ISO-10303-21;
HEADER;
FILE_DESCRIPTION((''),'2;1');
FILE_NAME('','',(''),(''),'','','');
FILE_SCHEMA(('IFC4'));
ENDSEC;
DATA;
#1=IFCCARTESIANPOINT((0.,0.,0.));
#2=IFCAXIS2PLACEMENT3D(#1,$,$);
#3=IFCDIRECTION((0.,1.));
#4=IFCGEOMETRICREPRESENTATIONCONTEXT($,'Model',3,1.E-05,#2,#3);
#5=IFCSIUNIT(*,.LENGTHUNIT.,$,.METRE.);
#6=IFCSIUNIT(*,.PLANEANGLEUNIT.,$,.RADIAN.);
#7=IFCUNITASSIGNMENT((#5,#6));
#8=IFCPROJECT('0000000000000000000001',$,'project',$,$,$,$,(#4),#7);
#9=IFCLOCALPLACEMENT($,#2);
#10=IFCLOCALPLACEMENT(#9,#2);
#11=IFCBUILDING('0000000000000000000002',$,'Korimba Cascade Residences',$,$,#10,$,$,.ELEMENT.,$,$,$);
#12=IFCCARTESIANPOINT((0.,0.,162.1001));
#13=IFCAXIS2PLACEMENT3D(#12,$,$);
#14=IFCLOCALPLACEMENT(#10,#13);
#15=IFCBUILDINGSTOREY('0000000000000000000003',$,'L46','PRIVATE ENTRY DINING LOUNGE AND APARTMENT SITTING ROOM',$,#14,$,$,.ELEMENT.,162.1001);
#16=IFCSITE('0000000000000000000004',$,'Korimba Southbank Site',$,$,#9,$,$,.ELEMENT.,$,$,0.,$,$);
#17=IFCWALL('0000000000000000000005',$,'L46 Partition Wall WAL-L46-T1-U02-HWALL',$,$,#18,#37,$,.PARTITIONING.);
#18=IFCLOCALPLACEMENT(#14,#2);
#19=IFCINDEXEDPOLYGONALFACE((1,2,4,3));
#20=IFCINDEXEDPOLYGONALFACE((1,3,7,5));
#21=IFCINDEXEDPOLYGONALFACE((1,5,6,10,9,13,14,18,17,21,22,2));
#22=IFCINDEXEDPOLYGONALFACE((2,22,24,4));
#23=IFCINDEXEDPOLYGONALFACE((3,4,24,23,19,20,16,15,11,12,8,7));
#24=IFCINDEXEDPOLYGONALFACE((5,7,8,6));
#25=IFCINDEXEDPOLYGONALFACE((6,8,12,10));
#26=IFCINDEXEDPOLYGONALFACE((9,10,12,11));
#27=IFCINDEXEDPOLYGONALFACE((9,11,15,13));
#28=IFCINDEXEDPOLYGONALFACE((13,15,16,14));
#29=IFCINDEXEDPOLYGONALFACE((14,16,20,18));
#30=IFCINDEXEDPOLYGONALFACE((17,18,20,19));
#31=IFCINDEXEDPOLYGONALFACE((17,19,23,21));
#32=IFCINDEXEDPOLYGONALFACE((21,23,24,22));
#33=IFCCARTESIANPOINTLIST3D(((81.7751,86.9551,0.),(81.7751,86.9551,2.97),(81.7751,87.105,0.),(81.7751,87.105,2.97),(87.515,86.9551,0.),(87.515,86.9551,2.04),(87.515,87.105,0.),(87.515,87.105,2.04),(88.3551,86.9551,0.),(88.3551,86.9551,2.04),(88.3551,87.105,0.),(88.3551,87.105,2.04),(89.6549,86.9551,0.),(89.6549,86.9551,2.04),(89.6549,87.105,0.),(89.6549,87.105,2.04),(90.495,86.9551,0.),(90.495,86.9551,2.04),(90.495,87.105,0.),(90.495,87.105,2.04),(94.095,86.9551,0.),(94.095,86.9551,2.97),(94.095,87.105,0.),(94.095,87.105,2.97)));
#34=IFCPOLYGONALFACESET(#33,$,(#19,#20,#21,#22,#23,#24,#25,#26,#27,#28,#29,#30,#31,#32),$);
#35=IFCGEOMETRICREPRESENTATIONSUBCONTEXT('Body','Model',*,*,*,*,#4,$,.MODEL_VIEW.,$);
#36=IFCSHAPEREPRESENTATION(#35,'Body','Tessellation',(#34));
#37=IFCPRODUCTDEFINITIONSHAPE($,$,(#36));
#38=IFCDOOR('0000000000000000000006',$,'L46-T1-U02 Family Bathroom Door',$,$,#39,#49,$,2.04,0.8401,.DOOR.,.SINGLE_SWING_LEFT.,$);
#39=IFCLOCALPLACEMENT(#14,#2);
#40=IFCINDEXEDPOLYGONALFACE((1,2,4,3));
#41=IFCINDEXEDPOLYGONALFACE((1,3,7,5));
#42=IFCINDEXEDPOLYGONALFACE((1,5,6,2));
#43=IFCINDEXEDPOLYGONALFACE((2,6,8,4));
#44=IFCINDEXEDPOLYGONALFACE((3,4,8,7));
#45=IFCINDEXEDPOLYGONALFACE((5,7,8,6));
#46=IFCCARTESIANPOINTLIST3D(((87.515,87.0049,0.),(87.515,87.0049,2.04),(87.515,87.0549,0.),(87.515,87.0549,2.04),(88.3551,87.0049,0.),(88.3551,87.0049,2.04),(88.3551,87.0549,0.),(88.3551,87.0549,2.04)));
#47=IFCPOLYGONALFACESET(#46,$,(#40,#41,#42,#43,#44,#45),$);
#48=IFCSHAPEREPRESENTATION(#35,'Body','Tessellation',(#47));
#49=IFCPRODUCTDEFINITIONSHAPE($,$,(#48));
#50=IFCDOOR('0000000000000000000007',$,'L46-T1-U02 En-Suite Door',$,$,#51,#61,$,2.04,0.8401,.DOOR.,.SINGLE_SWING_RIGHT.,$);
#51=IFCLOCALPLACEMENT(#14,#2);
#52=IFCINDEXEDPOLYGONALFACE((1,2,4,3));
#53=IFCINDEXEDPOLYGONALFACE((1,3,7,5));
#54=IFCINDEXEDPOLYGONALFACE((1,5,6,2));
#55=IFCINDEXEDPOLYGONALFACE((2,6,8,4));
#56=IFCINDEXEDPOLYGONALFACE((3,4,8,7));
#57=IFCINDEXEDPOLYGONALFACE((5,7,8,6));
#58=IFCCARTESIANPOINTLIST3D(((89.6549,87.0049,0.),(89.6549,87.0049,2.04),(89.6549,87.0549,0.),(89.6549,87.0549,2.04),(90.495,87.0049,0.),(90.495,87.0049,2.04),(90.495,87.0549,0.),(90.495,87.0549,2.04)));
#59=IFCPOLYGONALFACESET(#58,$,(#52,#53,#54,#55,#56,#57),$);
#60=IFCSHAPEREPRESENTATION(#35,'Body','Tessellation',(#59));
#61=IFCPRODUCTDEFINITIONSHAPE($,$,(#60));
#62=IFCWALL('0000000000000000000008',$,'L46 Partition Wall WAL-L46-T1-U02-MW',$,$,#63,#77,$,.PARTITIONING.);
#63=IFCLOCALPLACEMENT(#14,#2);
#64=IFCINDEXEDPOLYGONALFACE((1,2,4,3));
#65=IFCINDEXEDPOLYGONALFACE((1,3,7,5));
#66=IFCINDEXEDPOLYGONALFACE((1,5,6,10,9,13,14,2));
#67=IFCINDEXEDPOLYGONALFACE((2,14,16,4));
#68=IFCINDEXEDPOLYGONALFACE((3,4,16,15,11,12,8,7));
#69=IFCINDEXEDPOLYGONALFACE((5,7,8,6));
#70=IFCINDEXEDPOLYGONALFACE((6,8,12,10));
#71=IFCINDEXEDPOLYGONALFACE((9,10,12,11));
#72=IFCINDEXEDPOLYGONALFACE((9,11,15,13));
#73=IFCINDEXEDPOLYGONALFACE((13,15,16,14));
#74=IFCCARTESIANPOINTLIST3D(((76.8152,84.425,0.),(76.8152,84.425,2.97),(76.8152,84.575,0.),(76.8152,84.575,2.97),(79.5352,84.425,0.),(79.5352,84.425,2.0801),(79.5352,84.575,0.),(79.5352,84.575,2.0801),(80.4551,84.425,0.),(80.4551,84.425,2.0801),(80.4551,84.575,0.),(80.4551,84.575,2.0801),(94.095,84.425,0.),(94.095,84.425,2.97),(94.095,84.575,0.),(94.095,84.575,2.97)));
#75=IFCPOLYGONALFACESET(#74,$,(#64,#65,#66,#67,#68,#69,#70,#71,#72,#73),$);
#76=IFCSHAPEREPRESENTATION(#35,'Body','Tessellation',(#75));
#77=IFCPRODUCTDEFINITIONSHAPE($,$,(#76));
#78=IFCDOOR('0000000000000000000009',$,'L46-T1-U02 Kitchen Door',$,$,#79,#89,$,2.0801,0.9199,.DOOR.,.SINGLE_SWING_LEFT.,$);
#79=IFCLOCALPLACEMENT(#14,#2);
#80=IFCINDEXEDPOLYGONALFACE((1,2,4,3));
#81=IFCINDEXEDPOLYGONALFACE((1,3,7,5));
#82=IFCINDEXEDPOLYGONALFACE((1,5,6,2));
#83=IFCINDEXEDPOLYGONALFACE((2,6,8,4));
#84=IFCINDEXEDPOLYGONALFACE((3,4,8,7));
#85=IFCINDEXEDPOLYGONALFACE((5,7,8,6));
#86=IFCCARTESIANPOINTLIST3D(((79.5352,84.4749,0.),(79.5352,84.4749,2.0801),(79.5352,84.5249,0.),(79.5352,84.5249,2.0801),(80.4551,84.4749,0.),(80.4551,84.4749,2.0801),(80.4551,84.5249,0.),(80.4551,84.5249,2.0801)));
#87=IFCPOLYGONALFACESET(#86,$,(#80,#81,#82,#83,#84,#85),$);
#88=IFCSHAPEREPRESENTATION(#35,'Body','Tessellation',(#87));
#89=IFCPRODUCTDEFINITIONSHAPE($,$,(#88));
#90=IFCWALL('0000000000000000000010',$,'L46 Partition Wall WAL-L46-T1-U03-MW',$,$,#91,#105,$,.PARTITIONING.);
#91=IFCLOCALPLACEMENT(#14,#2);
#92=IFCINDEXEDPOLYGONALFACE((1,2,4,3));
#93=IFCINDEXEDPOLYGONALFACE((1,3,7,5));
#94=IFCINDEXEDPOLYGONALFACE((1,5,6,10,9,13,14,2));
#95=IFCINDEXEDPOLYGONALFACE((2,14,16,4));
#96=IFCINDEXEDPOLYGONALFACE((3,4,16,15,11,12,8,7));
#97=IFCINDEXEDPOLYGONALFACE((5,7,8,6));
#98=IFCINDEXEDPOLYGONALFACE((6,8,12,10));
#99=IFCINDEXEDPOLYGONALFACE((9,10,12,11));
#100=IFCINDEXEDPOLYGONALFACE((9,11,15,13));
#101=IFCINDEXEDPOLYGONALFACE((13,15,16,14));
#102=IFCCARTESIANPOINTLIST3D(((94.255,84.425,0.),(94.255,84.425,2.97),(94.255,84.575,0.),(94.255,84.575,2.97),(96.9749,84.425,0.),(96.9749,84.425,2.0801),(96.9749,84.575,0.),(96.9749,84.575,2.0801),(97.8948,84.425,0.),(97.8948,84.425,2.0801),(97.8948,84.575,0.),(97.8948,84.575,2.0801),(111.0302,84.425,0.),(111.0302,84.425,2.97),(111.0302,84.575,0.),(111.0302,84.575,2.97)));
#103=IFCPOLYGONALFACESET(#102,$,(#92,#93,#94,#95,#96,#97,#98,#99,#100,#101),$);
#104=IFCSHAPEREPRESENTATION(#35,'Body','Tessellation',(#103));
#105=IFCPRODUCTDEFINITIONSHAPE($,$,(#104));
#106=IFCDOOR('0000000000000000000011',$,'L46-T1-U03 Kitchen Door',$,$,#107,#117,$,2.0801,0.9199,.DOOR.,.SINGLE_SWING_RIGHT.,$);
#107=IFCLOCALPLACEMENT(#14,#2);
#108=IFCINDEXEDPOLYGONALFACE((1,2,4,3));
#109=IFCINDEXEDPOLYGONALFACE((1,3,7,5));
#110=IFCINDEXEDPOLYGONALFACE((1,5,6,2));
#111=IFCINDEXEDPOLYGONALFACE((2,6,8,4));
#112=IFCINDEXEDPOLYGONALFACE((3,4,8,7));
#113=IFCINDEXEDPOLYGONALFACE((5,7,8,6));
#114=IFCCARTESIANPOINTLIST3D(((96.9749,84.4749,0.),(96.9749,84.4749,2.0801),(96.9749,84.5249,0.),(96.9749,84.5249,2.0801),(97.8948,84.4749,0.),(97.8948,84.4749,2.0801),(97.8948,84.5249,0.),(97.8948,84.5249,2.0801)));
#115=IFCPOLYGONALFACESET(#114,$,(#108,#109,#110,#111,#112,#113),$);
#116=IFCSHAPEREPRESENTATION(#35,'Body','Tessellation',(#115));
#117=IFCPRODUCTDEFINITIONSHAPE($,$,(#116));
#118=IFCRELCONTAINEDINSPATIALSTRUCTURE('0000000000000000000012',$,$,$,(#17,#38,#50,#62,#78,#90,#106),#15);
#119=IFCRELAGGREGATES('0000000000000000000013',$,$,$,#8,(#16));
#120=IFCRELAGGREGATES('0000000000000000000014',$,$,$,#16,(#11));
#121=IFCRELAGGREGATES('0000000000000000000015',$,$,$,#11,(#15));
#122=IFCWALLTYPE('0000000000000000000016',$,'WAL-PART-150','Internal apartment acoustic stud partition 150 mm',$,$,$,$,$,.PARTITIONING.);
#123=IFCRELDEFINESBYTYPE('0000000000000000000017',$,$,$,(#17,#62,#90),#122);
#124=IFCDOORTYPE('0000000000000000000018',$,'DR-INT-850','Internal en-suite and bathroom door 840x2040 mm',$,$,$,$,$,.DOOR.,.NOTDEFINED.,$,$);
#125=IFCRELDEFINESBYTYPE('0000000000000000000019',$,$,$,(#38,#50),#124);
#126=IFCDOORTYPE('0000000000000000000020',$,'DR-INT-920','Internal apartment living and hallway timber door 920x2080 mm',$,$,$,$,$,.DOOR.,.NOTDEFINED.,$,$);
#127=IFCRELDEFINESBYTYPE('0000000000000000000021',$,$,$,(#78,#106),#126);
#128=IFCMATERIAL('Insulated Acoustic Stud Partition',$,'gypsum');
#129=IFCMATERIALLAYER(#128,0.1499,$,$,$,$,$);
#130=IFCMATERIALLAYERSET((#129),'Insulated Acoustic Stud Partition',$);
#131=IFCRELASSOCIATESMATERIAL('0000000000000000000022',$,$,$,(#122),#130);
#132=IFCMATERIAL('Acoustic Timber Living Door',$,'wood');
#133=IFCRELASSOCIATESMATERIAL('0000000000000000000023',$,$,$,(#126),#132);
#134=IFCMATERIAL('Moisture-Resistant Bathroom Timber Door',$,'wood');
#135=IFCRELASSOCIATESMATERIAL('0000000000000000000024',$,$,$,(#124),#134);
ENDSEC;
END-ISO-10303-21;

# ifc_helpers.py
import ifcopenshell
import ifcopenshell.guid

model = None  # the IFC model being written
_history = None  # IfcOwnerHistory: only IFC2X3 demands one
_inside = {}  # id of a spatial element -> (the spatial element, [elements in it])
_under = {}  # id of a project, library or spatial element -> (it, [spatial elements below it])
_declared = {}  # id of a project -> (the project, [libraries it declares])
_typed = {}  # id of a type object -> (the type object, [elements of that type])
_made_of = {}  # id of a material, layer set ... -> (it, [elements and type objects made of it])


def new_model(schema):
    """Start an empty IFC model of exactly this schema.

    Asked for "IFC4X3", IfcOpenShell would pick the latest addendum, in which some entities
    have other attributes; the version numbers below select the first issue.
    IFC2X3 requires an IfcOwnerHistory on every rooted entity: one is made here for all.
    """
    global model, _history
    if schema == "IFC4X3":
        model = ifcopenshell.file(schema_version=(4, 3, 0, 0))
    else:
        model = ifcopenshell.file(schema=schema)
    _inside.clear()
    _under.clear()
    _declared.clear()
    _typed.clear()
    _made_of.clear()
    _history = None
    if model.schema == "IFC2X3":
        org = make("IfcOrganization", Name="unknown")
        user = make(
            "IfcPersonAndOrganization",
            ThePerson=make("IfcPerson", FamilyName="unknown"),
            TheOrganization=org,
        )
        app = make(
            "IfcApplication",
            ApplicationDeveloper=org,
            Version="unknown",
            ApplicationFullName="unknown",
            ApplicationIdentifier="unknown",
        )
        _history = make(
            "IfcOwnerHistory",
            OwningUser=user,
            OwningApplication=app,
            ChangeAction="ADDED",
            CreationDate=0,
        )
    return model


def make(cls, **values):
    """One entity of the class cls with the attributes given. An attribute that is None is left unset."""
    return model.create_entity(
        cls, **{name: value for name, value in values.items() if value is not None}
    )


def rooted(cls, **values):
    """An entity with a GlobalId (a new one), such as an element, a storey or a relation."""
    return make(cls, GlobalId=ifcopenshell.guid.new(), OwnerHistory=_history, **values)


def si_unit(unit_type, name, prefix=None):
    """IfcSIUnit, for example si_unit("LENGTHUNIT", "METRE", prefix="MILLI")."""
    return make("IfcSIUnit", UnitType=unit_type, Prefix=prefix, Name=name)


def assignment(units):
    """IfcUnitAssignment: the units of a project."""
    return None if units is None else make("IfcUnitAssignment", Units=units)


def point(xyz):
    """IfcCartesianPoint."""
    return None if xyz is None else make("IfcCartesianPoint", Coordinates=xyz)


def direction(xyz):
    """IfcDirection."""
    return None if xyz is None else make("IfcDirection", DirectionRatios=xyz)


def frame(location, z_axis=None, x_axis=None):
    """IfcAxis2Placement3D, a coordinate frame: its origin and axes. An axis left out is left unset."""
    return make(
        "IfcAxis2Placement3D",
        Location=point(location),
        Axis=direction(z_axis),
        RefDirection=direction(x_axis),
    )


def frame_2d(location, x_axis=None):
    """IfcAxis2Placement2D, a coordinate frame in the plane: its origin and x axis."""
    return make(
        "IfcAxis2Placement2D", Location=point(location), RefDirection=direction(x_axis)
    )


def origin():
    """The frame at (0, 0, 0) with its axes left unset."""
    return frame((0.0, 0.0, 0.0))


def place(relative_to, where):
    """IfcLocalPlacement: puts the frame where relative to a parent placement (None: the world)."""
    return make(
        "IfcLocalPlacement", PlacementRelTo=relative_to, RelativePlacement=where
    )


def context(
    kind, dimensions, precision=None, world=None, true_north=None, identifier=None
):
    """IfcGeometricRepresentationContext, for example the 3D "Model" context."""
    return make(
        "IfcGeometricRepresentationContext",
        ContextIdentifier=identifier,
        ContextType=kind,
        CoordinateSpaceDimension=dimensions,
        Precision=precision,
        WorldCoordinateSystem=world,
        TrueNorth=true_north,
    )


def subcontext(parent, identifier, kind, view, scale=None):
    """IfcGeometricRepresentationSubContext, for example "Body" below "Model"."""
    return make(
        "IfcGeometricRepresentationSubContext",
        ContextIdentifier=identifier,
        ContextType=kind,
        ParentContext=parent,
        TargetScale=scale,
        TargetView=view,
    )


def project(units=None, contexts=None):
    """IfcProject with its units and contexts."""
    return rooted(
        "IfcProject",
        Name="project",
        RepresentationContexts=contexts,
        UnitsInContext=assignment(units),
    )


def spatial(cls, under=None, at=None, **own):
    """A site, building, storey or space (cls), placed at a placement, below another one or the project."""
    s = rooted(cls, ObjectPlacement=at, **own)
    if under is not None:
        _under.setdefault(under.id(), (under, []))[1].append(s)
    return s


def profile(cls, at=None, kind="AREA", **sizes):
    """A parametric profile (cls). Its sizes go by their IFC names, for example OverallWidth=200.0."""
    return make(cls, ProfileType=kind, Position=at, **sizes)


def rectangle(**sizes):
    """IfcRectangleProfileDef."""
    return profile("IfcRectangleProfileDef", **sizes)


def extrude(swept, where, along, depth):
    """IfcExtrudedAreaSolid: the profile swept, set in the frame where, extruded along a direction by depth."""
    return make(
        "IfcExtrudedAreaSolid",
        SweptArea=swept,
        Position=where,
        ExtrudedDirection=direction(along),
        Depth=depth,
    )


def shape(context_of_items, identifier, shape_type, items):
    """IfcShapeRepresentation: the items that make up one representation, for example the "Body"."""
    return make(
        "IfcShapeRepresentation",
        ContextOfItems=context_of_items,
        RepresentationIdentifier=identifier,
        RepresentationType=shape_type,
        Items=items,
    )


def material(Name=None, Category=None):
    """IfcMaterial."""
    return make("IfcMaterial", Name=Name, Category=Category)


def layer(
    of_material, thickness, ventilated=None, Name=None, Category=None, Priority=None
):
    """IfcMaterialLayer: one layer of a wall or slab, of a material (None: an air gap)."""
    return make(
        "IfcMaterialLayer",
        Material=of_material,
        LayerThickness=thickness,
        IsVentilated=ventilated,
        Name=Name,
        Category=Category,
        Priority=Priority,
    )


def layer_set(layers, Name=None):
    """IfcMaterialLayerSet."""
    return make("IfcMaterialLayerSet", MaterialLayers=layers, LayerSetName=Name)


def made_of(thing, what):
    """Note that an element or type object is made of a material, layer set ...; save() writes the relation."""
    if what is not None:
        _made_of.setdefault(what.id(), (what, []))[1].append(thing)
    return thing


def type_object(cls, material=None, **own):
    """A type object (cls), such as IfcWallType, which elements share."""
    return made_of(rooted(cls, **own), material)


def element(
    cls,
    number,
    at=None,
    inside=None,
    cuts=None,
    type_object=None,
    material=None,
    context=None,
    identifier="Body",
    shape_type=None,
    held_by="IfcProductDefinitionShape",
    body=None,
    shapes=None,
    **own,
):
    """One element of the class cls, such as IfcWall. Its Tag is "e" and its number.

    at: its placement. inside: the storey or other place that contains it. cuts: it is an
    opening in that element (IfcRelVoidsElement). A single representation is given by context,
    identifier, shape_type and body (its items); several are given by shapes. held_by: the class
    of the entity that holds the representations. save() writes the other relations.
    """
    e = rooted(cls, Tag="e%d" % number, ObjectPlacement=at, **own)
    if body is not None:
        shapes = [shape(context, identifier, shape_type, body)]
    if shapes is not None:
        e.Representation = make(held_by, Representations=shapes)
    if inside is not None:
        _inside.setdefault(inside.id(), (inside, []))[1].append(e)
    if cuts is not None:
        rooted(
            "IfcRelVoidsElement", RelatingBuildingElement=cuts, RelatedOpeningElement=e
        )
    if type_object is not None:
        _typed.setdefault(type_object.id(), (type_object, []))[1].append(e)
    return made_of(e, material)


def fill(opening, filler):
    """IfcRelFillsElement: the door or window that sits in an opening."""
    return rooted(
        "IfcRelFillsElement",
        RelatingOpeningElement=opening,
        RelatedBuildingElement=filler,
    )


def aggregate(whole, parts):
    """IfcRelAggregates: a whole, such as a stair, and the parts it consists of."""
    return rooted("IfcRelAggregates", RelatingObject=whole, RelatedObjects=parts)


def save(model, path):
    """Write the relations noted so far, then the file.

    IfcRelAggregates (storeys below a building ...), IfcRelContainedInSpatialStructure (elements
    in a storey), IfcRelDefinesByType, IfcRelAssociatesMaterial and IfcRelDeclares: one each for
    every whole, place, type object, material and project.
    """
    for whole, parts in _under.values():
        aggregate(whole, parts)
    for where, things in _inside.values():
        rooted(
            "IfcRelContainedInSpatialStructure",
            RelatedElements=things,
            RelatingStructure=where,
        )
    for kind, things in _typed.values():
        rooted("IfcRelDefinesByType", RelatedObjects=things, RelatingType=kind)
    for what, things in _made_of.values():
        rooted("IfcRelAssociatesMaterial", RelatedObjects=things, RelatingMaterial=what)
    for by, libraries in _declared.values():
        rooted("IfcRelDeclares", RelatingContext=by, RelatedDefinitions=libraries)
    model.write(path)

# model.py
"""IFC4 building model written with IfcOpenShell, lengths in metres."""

from ifc_helpers import new_model, si_unit, direction, frame, frame_2d, origin, place, context, subcontext, project, spatial, rectangle, extrude, material, layer, layer_set, type_object, element, fill, save


model = new_model("IFC4")

# Units and contexts
model_context = context("Model", 3, precision=1e-05, world=origin(), true_north=direction((0.0, 1.0)))
body_context = subcontext(model_context, "Body", "Model", "MODEL_VIEW")
ifc_project = project(units=[si_unit("LENGTHUNIT", "METRE"), si_unit("PLANEANGLEUNIT", "RADIAN")], contexts=[model_context])

# Site, building, storey
site_placement = place(None, origin())
site = spatial("IfcSite", under=ifc_project, at=site_placement, Name="Korimba Southbank Site", CompositionType="ELEMENT", RefElevation=0.0)
building_placement = place(site_placement, origin())
building = spatial("IfcBuilding", under=site, at=building_placement, Name="Korimba Cascade Residences", CompositionType="ELEMENT")
storey_placement = place(building_placement, frame((0.0, 0.0, 162.1001)))
storey = spatial("IfcBuildingStorey", under=building, at=storey_placement, Name="L46", Description="PRIVATE ENTRY DINING LOUNGE AND APARTMENT SITTING ROOM", CompositionType="ELEMENT", Elevation=162.1001)

# Shared definitions
ifc_material_1 = material(Name="Insulated Acoustic Stud Partition", Category="gypsum")
ifc_layer = layer(ifc_material_1, 0.1499)
ifc_layer_set = layer_set([ifc_layer], Name="Insulated Acoustic Stud Partition")
wall_type = type_object("IfcWallType", Name="WAL-PART-150", Description="Internal apartment acoustic stud partition 150 mm", PredefinedType="PARTITIONING", material=ifc_layer_set)
ifc_material_2 = material(Name="Acoustic Timber Living Door", Category="wood")
door_type_1 = type_object("IfcDoorType", Name="DR-INT-920", Description="Internal apartment living and hallway timber door 920x2080 mm", OperationType="NOTDEFINED", PredefinedType="DOOR", material=ifc_material_2)

# Wall, openings, doors
wall_1_placement = place(storey_placement, frame((81.7751, 87.03, 0.0), z_axis=(0.0, 0.0, 1.0), x_axis=(1.0, 0.0, 0.0)))
wall_1 = element("IfcWall", 1, at=wall_1_placement, inside=storey, type_object=wall_type, Name="L46 Partition Wall WAL-L46-T1-U02-HWALL", PredefinedType="PARTITIONING", context=body_context, shape_type="SweptSolid", body=[
    extrude(rectangle(XDim=12.3198, YDim=0.1499, at=frame_2d((6.1599, 0.0))), origin(), (0.0, 0.0, 1.0), 2.97),
])
opening_1_placement = place(wall_1_placement, frame((5.74, 0.0, 0.0)))
opening_1 = element("IfcOpeningElement", 2, at=opening_1_placement, cuts=wall_1, PredefinedType="OPENING", context=body_context, shape_type="SweptSolid", body=[
    extrude(rectangle(XDim=0.8401, YDim=2.04, at=frame_2d((0.4199, 1.02))), frame((0.0, 0.085, 0.0), z_axis=(0.0, -1.0, 0.0), x_axis=(1.0, 0.0, 0.0)), (0.0, 0.0, 1.0), 0.1699),
])
opening_2_placement = place(wall_1_placement, frame((7.8799, 0.0, 0.0)))
opening_2 = element("IfcOpeningElement", 3, at=opening_2_placement, cuts=wall_1, PredefinedType="OPENING", context=body_context, shape_type="SweptSolid", body=[
    extrude(rectangle(XDim=0.8401, YDim=2.04, at=frame_2d((0.4199, 1.02))), frame((0.0, 0.085, 0.0), z_axis=(0.0, -1.0, 0.0), x_axis=(1.0, 0.0, 0.0)), (0.0, 0.0, 1.0), 0.1699),
])
ifc_material_3 = material(Name="Moisture-Resistant Bathroom Timber Door", Category="wood")
door_type_2 = type_object("IfcDoorType", Name="DR-INT-850", Description="Internal en-suite and bathroom door 840x2040 mm", OperationType="NOTDEFINED", PredefinedType="DOOR", material=ifc_material_3)
door_1_placement = place(opening_1_placement, origin())
door_1 = element("IfcDoor", 4, at=door_1_placement, inside=storey, type_object=door_type_2, Name="L46-T1-U02 Family Bathroom Door", OperationType="SINGLE_SWING_LEFT", OverallHeight=2.04, OverallWidth=0.8401, PredefinedType="DOOR", context=body_context, shape_type="SweptSolid", body=[
    extrude(rectangle(XDim=0.8401, YDim=2.04, at=frame_2d((0.4199, 1.02))), frame((0.0, 0.0249, 0.0), z_axis=(0.0, -1.0, 0.0), x_axis=(1.0, 0.0, 0.0)), (0.0, 0.0, 1.0), 0.05),
])
fill(opening_1, door_1)
door_2_placement = place(opening_2_placement, origin())
door_2 = element("IfcDoor", 5, at=door_2_placement, inside=storey, type_object=door_type_2, Name="L46-T1-U02 En-Suite Door", OperationType="SINGLE_SWING_RIGHT", OverallHeight=2.04, OverallWidth=0.8401, PredefinedType="DOOR", context=body_context, shape_type="SweptSolid", body=[
    extrude(rectangle(XDim=0.8401, YDim=2.04, at=frame_2d((0.4199, 1.02))), frame((0.0, 0.0249, 0.0), z_axis=(0.0, -1.0, 0.0), x_axis=(1.0, 0.0, 0.0)), (0.0, 0.0, 1.0), 0.05),
])
fill(opening_2, door_2)

# Walls, openings, doors
wall_2_placement = place(storey_placement, frame((76.8152, 84.5, 0.0), z_axis=(0.0, 0.0, 1.0), x_axis=(1.0, 0.0, 0.0)))
wall_2 = element("IfcWall", 6, at=wall_2_placement, inside=storey, type_object=wall_type, Name="L46 Partition Wall WAL-L46-T1-U02-MW", PredefinedType="PARTITIONING", context=body_context, shape_type="SweptSolid", body=[
    extrude(rectangle(XDim=17.2798, YDim=0.1499, at=frame_2d((8.6399, 0.0))), origin(), (0.0, 0.0, 1.0), 2.97),
])
opening_3_placement = place(wall_2_placement, frame((2.72, 0.0, 0.0)))
opening_3 = element("IfcOpeningElement", 7, at=opening_3_placement, cuts=wall_2, PredefinedType="OPENING", context=body_context, shape_type="SweptSolid", body=[
    extrude(rectangle(XDim=0.9199, YDim=2.0801, at=frame_2d((0.46, 1.04))), frame((0.0, 0.085, 0.0), z_axis=(0.0, -1.0, 0.0), x_axis=(1.0, 0.0, 0.0)), (0.0, 0.0, 1.0), 0.1699),
])
door_3_placement = place(opening_3_placement, origin())
door_3 = element("IfcDoor", 8, at=door_3_placement, inside=storey, type_object=door_type_1, Name="L46-T1-U02 Kitchen Door", OperationType="SINGLE_SWING_LEFT", OverallHeight=2.0801, OverallWidth=0.9199, PredefinedType="DOOR", context=body_context, shape_type="SweptSolid", body=[
    extrude(rectangle(XDim=0.9199, YDim=2.0801, at=frame_2d((0.46, 1.04))), frame((0.0, 0.0249, 0.0), z_axis=(0.0, -1.0, 0.0), x_axis=(1.0, 0.0, 0.0)), (0.0, 0.0, 1.0), 0.05),
])
fill(opening_3, door_3)
wall_3_placement = place(storey_placement, frame((94.2549, 84.5, 0.0), z_axis=(0.0, 0.0, 1.0), x_axis=(1.0, 0.0, 0.0)))
wall_3 = element("IfcWall", 9, at=wall_3_placement, inside=storey, type_object=wall_type, Name="L46 Partition Wall WAL-L46-T1-U03-MW", PredefinedType="PARTITIONING", context=body_context, shape_type="SweptSolid", body=[
    extrude(rectangle(XDim=16.7751, YDim=0.1499, at=frame_2d((8.3877, 0.0))), origin(), (0.0, 0.0, 1.0), 2.97),
])
opening_4_placement = place(wall_3_placement, frame((2.72, 0.0, 0.0)))
opening_4 = element("IfcOpeningElement", 10, at=opening_4_placement, cuts=wall_3, PredefinedType="OPENING", context=body_context, shape_type="SweptSolid", body=[
    extrude(rectangle(XDim=0.9199, YDim=2.0801, at=frame_2d((0.46, 1.04))), frame((0.0, 0.085, 0.0), z_axis=(0.0, -1.0, 0.0), x_axis=(1.0, 0.0, 0.0)), (0.0, 0.0, 1.0), 0.1699),
])
door_4_placement = place(opening_4_placement, origin())
door_4 = element("IfcDoor", 11, at=door_4_placement, inside=storey, type_object=door_type_1, Name="L46-T1-U03 Kitchen Door", OperationType="SINGLE_SWING_RIGHT", OverallHeight=2.0801, OverallWidth=0.9199, PredefinedType="DOOR", context=body_context, shape_type="SweptSolid", body=[
    extrude(rectangle(XDim=0.9199, YDim=2.0801, at=frame_2d((0.46, 1.04))), frame((0.0, 0.0249, 0.0), z_axis=(0.0, -1.0, 0.0), x_axis=(1.0, 0.0, 0.0)), (0.0, 0.0, 1.0), 0.05),
])
fill(opening_4, door_4)

save(model, "model.ifc")
